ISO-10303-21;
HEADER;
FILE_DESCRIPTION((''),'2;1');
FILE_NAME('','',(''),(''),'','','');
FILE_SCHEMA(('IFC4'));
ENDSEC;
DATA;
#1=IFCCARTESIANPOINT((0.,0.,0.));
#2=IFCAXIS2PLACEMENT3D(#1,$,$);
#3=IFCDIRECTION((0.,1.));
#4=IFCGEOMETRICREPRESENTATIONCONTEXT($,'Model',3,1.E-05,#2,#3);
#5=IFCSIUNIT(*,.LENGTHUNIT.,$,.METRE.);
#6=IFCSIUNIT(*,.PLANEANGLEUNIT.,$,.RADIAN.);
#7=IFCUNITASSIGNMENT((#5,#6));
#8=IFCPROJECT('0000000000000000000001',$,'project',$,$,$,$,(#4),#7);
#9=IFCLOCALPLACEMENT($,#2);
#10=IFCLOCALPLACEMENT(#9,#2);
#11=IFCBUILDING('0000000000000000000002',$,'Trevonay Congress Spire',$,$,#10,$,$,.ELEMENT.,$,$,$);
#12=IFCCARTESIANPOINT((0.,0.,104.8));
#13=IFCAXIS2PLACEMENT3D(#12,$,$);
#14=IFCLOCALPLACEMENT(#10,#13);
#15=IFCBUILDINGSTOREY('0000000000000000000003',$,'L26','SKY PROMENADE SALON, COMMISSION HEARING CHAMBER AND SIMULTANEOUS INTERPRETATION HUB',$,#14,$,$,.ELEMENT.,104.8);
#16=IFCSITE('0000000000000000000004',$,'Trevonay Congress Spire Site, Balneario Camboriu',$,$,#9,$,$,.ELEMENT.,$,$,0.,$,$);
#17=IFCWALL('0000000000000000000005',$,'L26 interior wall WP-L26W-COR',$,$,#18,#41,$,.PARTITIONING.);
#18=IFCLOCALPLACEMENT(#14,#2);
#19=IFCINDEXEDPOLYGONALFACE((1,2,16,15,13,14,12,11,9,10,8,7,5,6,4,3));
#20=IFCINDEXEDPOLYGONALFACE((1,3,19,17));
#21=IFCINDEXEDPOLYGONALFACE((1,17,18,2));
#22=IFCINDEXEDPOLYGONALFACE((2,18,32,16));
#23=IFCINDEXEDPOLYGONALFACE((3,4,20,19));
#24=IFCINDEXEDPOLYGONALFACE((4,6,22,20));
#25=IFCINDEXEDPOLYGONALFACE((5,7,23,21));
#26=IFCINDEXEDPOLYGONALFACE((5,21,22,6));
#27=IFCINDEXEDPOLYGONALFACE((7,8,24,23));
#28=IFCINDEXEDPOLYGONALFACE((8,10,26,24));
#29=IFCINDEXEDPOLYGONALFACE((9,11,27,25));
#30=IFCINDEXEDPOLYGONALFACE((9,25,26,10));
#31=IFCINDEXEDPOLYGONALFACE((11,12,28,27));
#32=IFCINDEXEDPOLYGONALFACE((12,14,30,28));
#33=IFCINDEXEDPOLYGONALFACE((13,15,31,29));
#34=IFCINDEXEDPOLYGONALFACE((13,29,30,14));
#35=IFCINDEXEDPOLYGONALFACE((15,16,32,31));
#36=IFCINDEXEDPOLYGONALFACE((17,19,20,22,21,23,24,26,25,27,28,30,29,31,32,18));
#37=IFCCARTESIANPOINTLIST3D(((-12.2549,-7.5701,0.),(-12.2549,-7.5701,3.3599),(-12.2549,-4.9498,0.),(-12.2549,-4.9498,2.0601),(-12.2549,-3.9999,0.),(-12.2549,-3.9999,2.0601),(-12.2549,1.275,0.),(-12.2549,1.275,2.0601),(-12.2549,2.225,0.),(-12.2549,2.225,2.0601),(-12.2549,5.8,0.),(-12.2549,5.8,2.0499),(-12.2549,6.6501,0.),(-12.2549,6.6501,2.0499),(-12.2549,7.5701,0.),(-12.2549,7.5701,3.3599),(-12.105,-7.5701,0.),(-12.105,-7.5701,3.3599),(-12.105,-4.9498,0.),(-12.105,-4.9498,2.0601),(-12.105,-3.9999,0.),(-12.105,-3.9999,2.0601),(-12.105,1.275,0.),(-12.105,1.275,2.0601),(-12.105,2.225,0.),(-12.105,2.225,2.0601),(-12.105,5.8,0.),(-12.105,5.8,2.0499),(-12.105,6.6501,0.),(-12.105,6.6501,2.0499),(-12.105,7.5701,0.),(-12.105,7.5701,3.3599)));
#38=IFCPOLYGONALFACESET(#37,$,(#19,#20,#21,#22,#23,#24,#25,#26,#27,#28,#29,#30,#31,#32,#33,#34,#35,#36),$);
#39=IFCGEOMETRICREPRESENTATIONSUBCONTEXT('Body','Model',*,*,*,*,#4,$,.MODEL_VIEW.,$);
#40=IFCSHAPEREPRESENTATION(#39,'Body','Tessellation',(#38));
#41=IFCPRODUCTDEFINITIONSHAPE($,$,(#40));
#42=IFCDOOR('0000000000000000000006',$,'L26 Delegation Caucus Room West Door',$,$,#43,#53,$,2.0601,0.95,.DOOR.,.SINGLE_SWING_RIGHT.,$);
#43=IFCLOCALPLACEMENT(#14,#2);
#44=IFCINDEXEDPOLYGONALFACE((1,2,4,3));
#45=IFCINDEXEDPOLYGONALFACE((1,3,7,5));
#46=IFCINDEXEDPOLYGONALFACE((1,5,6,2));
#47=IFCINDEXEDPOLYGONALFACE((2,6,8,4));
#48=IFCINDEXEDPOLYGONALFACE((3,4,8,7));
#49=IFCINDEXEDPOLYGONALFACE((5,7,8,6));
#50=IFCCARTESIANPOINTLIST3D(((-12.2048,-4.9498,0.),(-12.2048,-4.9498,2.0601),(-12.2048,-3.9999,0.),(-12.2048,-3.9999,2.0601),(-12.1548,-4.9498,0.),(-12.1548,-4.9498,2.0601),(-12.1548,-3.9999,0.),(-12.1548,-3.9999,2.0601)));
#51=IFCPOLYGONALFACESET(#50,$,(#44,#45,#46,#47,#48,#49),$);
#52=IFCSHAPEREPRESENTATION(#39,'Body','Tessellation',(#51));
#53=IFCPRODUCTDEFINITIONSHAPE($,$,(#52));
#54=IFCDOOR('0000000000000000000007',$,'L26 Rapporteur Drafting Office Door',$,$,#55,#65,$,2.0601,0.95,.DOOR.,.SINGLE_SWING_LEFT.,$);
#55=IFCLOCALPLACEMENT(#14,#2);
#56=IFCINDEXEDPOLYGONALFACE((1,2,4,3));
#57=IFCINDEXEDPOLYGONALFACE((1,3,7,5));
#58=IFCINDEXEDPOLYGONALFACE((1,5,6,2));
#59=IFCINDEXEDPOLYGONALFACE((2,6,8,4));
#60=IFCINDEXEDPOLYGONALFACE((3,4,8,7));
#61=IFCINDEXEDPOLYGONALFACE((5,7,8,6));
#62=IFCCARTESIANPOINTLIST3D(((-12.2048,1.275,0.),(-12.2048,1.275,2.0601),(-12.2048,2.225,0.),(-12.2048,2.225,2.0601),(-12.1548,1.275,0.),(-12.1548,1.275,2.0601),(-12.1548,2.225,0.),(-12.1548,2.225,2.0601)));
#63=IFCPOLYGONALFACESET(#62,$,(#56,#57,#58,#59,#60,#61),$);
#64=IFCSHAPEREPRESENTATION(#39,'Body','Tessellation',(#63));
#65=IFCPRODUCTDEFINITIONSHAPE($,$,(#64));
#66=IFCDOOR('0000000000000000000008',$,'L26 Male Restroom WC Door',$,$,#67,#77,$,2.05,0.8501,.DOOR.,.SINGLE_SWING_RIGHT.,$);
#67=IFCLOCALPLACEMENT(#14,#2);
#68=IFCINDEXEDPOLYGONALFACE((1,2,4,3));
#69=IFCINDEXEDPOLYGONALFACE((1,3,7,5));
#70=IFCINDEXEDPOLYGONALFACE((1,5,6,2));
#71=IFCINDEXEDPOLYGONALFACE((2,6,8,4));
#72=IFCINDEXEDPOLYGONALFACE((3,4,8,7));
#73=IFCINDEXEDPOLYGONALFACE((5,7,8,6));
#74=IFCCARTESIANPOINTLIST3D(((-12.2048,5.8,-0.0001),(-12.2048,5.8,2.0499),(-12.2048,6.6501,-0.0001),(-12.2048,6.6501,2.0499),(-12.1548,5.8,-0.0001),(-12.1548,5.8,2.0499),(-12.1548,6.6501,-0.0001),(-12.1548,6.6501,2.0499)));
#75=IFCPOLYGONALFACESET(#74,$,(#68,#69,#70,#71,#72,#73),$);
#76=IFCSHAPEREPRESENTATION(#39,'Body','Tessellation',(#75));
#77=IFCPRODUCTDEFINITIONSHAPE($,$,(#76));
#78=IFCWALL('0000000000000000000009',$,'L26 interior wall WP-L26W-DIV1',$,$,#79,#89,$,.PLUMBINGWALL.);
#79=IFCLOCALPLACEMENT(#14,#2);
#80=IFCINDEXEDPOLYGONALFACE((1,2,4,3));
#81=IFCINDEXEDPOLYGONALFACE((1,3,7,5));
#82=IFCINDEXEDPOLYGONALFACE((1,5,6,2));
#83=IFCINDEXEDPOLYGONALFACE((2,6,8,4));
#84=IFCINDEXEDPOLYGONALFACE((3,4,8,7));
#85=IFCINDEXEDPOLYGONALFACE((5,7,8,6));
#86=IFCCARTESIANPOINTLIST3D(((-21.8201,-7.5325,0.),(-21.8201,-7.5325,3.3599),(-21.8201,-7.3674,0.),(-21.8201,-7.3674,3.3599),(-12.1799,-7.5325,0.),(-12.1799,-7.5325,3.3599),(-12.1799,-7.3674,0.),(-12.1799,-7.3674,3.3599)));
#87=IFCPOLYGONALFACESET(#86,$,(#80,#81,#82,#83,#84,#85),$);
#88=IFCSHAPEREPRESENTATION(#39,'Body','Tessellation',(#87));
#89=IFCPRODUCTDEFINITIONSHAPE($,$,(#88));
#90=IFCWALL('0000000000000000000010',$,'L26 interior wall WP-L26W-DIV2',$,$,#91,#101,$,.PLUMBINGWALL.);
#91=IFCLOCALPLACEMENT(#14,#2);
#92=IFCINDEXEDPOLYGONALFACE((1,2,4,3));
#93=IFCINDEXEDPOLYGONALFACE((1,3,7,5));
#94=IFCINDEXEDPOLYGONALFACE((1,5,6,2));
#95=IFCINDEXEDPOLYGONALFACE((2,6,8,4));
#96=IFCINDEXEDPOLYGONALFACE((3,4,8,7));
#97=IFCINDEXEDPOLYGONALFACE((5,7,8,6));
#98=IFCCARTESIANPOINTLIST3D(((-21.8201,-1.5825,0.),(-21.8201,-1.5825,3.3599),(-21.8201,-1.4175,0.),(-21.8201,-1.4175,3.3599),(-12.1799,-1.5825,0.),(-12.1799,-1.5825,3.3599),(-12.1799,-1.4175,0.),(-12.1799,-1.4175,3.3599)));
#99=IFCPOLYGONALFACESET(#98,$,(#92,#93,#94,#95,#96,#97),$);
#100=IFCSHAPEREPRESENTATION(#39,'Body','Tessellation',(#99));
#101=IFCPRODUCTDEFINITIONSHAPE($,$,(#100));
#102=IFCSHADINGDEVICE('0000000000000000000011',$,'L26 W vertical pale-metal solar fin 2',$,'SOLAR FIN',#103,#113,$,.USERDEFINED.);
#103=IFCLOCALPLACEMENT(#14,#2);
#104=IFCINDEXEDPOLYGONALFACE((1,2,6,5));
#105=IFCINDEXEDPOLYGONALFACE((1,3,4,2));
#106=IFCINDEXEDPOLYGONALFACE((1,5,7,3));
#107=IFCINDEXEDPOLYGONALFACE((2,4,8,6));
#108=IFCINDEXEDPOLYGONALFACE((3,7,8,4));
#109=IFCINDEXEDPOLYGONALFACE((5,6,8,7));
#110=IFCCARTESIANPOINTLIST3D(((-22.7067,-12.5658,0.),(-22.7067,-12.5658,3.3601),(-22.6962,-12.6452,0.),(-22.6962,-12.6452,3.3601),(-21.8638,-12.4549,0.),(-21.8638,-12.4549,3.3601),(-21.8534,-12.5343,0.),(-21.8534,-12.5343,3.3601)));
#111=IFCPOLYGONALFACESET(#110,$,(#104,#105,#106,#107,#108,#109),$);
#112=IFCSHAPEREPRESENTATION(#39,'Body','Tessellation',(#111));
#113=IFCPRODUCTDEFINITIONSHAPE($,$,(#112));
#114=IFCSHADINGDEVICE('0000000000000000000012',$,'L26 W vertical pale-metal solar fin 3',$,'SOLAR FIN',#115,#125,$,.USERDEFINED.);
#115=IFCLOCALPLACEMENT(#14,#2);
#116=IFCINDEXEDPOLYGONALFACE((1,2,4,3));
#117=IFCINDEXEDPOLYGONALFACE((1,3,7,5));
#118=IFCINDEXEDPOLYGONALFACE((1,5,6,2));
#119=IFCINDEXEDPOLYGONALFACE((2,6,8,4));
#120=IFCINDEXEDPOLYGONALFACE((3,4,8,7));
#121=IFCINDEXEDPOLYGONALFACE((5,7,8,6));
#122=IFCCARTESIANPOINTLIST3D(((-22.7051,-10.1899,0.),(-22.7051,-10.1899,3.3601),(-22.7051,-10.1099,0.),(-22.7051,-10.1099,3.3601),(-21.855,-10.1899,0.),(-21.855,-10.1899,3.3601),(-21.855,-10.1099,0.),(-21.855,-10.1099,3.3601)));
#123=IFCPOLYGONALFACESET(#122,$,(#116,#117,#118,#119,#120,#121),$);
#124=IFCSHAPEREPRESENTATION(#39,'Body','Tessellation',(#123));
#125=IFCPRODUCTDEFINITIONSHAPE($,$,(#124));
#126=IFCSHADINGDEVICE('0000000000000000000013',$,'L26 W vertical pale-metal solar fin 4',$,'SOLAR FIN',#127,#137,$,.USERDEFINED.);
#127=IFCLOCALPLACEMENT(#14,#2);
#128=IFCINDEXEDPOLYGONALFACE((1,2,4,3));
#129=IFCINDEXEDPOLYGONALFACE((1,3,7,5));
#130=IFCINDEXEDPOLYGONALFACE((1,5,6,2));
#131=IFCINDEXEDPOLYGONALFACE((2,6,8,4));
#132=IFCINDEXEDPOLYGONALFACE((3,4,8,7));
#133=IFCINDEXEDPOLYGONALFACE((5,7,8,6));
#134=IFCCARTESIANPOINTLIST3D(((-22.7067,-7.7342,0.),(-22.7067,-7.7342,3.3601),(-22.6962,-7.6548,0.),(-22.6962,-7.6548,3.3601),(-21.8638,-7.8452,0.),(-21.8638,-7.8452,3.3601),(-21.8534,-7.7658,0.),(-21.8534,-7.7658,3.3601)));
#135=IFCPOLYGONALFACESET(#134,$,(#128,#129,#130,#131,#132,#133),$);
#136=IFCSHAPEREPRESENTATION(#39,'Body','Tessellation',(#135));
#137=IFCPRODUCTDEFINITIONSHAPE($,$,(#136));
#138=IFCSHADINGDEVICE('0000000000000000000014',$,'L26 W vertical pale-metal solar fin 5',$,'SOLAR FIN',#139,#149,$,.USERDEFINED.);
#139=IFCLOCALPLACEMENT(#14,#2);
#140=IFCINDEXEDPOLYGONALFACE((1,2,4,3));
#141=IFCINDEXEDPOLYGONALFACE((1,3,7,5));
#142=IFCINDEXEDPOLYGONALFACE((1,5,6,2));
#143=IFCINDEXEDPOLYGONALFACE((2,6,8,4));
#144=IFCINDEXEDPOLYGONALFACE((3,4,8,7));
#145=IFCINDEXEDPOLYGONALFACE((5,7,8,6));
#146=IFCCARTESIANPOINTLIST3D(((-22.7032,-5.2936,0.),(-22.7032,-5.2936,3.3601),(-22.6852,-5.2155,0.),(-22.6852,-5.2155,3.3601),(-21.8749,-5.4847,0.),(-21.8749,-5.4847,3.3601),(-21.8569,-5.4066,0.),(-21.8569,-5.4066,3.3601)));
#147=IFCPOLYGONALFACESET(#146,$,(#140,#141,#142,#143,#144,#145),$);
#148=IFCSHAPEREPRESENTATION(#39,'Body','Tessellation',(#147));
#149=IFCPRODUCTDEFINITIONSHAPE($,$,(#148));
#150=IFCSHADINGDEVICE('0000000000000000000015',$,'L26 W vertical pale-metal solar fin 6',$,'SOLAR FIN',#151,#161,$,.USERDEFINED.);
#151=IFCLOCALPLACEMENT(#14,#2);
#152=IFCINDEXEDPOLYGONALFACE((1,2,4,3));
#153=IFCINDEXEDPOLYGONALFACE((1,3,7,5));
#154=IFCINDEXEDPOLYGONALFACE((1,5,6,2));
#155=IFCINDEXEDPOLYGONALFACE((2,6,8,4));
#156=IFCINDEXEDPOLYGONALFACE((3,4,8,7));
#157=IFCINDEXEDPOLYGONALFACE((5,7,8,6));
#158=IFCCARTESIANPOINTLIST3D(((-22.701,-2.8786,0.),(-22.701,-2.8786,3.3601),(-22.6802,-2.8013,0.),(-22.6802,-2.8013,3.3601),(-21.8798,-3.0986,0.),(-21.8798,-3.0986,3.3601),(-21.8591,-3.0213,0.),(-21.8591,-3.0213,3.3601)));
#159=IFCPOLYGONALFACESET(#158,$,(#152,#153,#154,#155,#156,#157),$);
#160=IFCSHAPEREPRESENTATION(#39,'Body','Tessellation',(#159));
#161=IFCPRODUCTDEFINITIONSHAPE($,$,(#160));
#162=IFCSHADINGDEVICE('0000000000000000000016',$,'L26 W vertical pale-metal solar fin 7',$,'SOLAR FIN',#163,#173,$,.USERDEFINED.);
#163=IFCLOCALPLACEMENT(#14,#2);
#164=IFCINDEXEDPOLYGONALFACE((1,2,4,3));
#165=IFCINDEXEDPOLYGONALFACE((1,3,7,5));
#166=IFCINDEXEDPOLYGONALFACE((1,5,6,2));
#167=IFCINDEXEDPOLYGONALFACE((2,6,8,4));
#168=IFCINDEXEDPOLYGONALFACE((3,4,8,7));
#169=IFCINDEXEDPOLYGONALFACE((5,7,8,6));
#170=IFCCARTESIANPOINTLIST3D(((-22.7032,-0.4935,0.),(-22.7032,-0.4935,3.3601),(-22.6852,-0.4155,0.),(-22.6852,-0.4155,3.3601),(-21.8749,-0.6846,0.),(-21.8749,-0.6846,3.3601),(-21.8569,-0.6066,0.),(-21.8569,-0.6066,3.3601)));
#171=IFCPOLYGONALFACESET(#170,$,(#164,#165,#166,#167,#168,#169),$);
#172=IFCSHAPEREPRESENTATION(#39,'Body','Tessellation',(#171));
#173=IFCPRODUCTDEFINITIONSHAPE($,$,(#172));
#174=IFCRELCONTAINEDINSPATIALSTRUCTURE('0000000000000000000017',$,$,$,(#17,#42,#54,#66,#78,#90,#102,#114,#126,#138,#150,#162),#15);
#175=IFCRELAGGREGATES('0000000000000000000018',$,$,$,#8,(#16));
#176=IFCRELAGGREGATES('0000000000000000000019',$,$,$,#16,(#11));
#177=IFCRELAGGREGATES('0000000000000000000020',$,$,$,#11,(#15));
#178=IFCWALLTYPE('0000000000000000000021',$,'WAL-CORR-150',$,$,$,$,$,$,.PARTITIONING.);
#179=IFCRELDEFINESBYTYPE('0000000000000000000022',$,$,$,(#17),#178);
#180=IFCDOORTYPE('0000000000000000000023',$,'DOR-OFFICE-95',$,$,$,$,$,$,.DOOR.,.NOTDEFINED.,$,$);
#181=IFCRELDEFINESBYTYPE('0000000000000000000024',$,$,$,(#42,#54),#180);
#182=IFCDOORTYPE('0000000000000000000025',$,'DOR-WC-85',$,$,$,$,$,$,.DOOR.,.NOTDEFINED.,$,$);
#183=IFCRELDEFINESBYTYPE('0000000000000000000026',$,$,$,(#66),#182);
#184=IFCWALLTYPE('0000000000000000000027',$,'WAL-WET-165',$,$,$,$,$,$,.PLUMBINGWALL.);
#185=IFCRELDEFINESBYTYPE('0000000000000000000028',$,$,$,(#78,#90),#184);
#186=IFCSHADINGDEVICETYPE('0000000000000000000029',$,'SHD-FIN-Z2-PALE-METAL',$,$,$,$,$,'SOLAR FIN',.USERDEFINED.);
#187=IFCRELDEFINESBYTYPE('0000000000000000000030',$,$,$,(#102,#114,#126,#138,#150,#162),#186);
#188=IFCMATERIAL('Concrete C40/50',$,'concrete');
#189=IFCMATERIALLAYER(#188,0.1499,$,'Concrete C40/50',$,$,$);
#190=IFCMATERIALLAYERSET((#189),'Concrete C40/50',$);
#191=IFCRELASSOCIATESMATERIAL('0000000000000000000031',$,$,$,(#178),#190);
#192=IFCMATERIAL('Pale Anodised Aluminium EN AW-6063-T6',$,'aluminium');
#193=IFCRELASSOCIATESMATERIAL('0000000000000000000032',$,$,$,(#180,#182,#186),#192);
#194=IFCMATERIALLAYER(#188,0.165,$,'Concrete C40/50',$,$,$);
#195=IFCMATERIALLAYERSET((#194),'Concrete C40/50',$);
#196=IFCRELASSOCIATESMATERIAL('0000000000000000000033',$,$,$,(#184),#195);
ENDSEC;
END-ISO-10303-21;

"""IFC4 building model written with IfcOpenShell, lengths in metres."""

from ifc_helpers import new_model, si_unit, direction, frame, frame_2d, origin, origin_2d, place, context, subcontext, project, spatial, rectangle, extrude, material, layer, layer_set, type_object, element, fill, save


model = new_model("IFC4")

# Units and contexts
model_context = context("Model", 3, precision=1e-05, world=origin(), true_north=direction((0.0, 1.0)))
body_context = subcontext(model_context, "Body", "Model", "MODEL_VIEW")
ifc_project = project(units=[si_unit("LENGTHUNIT", "METRE"), si_unit("PLANEANGLEUNIT", "RADIAN")], contexts=[model_context])

# Site, building, storey
site_placement = place(None, origin())
site = spatial("IfcSite", under=ifc_project, at=site_placement, Name="Trevonay Congress Spire Site, Balneario Camboriu", CompositionType="ELEMENT", RefElevation=0.0)
building_placement = place(site_placement, origin())
building = spatial("IfcBuilding", under=site, at=building_placement, Name="Trevonay Congress Spire", CompositionType="ELEMENT")
storey_placement = place(building_placement, frame((0.0, 0.0, 104.8)))
storey = spatial("IfcBuildingStorey", under=building, at=storey_placement, Name="L26", Description="SKY PROMENADE SALON, COMMISSION HEARING CHAMBER AND SIMULTANEOUS INTERPRETATION HUB", CompositionType="ELEMENT", Elevation=104.8)

# Shared definitions
ifc_material_1 = material(Name="Pale Anodised Aluminium EN AW-6063-T6", Category="aluminium")

# Wall, openings, doors
ifc_material_2 = material(Name="Concrete C40/50", Category="concrete")
ifc_layer_1 = layer(ifc_material_2, 0.1499, Name="Concrete C40/50")
ifc_layer_set_1 = layer_set([ifc_layer_1], Name="Concrete C40/50")
wall_type_1 = type_object("IfcWallType", Name="WAL-CORR-150", PredefinedType="PARTITIONING", material=ifc_layer_set_1)
door_type_1 = type_object("IfcDoorType", Name="DOR-OFFICE-95", OperationType="NOTDEFINED", PredefinedType="DOOR", material=ifc_material_1)
door_type_2 = type_object("IfcDoorType", Name="DOR-WC-85", OperationType="NOTDEFINED", PredefinedType="DOOR", material=ifc_material_1)
wall_1_placement = place(storey_placement, frame((-12.1799, -7.5701, 0.0), z_axis=(0.0, 0.0, 1.0), x_axis=(0.0, 1.0, 0.0)))
wall_1 = element("IfcWall", 1, at=wall_1_placement, inside=storey, type_object=wall_type_1, Name="L26 interior wall WP-L26W-COR", PredefinedType="PARTITIONING", context=body_context, shape_type="SweptSolid", body=[
    extrude(rectangle(XDim=15.1401, YDim=0.1499, at=frame_2d((7.5701, 0.0))), origin(), (0.0, 0.0, 1.0), 3.3599),
])
opening_1_placement = place(wall_1_placement, frame((2.6201, 0.0, 0.0)))
opening_1 = element("IfcOpeningElement", 2, at=opening_1_placement, cuts=wall_1, PredefinedType="OPENING", context=body_context, shape_type="SweptSolid", body=[
    extrude(rectangle(XDim=0.95, YDim=2.0601, at=frame_2d((0.4751, 1.03))), frame((0.0, 0.085, 0.0), z_axis=(0.0, -1.0, 0.0), x_axis=(1.0, 0.0, 0.0)), (0.0, 0.0, 1.0), 0.1699),
])
opening_2_placement = place(wall_1_placement, frame((8.845, 0.0, 0.0)))
opening_2 = element("IfcOpeningElement", 3, at=opening_2_placement, cuts=wall_1, PredefinedType="OPENING", context=body_context, shape_type="SweptSolid", body=[
    extrude(rectangle(XDim=0.95, YDim=2.0601, at=frame_2d((0.4751, 1.03))), frame((0.0, 0.085, 0.0), z_axis=(0.0, -1.0, 0.0), x_axis=(1.0, 0.0, 0.0)), (0.0, 0.0, 1.0), 0.1699),
])
opening_3_placement = place(wall_1_placement, frame((13.3701, 0.0, 0.0)))
opening_3 = element("IfcOpeningElement", 4, at=opening_3_placement, cuts=wall_1, PredefinedType="OPENING", context=body_context, shape_type="SweptSolid", body=[
    extrude(rectangle(XDim=0.8501, YDim=2.05, at=frame_2d((0.425, 1.0249))), frame((0.0, 0.085, 0.0), z_axis=(0.0, -1.0, 0.0), x_axis=(1.0, 0.0, 0.0)), (0.0, 0.0, 1.0), 0.1699),
])
door_1_placement = place(opening_1_placement, origin())
door_1 = element("IfcDoor", 5, at=door_1_placement, inside=storey, type_object=door_type_1, Name="L26 Delegation Caucus Room West Door", OperationType="SINGLE_SWING_RIGHT", OverallHeight=2.0601, OverallWidth=0.95, PredefinedType="DOOR", context=body_context, shape_type="SweptSolid", body=[
    extrude(rectangle(XDim=0.95, YDim=2.0601, at=frame_2d((0.4751, 1.03))), frame((0.0, 0.0249, 0.0), z_axis=(0.0, -1.0, 0.0), x_axis=(1.0, 0.0, 0.0)), (0.0, 0.0, 1.0), 0.05),
])
fill(opening_1, door_1)
door_2_placement = place(opening_2_placement, origin())
door_2 = element("IfcDoor", 6, at=door_2_placement, inside=storey, type_object=door_type_1, Name="L26 Rapporteur Drafting Office Door", OperationType="SINGLE_SWING_LEFT", OverallHeight=2.0601, OverallWidth=0.95, PredefinedType="DOOR", context=body_context, shape_type="SweptSolid", body=[
    extrude(rectangle(XDim=0.95, YDim=2.0601, at=frame_2d((0.4751, 1.03))), frame((0.0, 0.0249, 0.0), z_axis=(0.0, -1.0, 0.0), x_axis=(1.0, 0.0, 0.0)), (0.0, 0.0, 1.0), 0.05),
])
fill(opening_2, door_2)
door_3_placement = place(opening_3_placement, origin())
door_3 = element("IfcDoor", 7, at=door_3_placement, inside=storey, type_object=door_type_2, Name="L26 Male Restroom WC Door", OperationType="SINGLE_SWING_RIGHT", OverallHeight=2.05, OverallWidth=0.8501, PredefinedType="DOOR", context=body_context, shape_type="SweptSolid", body=[
    extrude(rectangle(XDim=0.8501, YDim=2.05, at=frame_2d((0.425, 1.0249))), frame((0.0, 0.0249, 0.0), z_axis=(0.0, -1.0, 0.0), x_axis=(1.0, 0.0, 0.0)), (0.0, 0.0, 1.0), 0.05),
])
fill(opening_3, door_3)

# Walls
ifc_layer_2 = layer(ifc_material_2, 0.165, Name="Concrete C40/50")
ifc_layer_set_2 = layer_set([ifc_layer_2], Name="Concrete C40/50")
wall_type_2 = type_object("IfcWallType", Name="WAL-WET-165", PredefinedType="PLUMBINGWALL", material=ifc_layer_set_2)
for number, where, z_axis, x_axis, name in (
    (8, (-21.8201, -7.45, 0.0), (0.0, 0.0, 1.0), (1.0, 0.0, 0.0), "L26 interior wall WP-L26W-DIV1"),
    (9, (-21.8201, -1.5, 0.0), (0.0, 0.0, 1.0), (1.0, 0.0, 0.0), "L26 interior wall WP-L26W-DIV2"),
):
    element("IfcWall", number, at=place(storey_placement, frame(where, z_axis=z_axis, x_axis=x_axis)), inside=storey, type_object=wall_type_2, Name=name, PredefinedType="PLUMBINGWALL", context=body_context, shape_type="SweptSolid", body=[
        extrude(rectangle(XDim=9.6401, YDim=0.165, at=frame_2d((4.8201, 0.0))), origin(), (0.0, 0.0, 1.0), 3.3599),
    ])

# Shading devices
shading_device_type = type_object("IfcShadingDeviceType", Name="SHD-FIN-Z2-PALE-METAL", ElementType="SOLAR FIN", PredefinedType="USERDEFINED", material=ifc_material_1)
for number, where, z_axis, x_axis, name in (
    (10, (-22.28, -12.55, 0.0), (0.0, 0.0, 1.0), (-0.130526, 0.991445, 0.0), "L26 W vertical pale-metal solar fin 2"),
    (11, (-22.28, -10.1499, 0.0), (0.0, 0.0, 1.0), (0.0, 1.0, 0.0), "L26 W vertical pale-metal solar fin 3"),
    (12, (-22.28, -7.75, 0.0), (0.0, 0.0, 1.0), (0.130526, 0.991445, 0.0), "L26 W vertical pale-metal solar fin 4"),
    (13, (-22.28, -5.3501, 0.0), (0.0, 0.0, 1.0), (0.224781, 0.974409, 0.0), "L26 W vertical pale-metal solar fin 5"),
    (14, (-22.28, -2.95, 0.0), (0.0, 0.0, 1.0), (0.258819, 0.965926, 0.0), "L26 W vertical pale-metal solar fin 6"),
    (15, (-22.28, -0.55, 0.0), (0.0, 0.0, 1.0), (0.224781, 0.974409, 0.0), "L26 W vertical pale-metal solar fin 7"),
):
    element("IfcShadingDevice", number, at=place(storey_placement, frame(where, z_axis=z_axis, x_axis=x_axis)), inside=storey, type_object=shading_device_type, Name=name, ObjectType="SOLAR FIN", PredefinedType="USERDEFINED", context=body_context, shape_type="SweptSolid", body=[
        extrude(rectangle(XDim=0.0801, YDim=0.8501, at=origin_2d()), origin(), (0.0, 0.0, 1.0), 3.3601),
    ])

save(model, "model.ifc")
